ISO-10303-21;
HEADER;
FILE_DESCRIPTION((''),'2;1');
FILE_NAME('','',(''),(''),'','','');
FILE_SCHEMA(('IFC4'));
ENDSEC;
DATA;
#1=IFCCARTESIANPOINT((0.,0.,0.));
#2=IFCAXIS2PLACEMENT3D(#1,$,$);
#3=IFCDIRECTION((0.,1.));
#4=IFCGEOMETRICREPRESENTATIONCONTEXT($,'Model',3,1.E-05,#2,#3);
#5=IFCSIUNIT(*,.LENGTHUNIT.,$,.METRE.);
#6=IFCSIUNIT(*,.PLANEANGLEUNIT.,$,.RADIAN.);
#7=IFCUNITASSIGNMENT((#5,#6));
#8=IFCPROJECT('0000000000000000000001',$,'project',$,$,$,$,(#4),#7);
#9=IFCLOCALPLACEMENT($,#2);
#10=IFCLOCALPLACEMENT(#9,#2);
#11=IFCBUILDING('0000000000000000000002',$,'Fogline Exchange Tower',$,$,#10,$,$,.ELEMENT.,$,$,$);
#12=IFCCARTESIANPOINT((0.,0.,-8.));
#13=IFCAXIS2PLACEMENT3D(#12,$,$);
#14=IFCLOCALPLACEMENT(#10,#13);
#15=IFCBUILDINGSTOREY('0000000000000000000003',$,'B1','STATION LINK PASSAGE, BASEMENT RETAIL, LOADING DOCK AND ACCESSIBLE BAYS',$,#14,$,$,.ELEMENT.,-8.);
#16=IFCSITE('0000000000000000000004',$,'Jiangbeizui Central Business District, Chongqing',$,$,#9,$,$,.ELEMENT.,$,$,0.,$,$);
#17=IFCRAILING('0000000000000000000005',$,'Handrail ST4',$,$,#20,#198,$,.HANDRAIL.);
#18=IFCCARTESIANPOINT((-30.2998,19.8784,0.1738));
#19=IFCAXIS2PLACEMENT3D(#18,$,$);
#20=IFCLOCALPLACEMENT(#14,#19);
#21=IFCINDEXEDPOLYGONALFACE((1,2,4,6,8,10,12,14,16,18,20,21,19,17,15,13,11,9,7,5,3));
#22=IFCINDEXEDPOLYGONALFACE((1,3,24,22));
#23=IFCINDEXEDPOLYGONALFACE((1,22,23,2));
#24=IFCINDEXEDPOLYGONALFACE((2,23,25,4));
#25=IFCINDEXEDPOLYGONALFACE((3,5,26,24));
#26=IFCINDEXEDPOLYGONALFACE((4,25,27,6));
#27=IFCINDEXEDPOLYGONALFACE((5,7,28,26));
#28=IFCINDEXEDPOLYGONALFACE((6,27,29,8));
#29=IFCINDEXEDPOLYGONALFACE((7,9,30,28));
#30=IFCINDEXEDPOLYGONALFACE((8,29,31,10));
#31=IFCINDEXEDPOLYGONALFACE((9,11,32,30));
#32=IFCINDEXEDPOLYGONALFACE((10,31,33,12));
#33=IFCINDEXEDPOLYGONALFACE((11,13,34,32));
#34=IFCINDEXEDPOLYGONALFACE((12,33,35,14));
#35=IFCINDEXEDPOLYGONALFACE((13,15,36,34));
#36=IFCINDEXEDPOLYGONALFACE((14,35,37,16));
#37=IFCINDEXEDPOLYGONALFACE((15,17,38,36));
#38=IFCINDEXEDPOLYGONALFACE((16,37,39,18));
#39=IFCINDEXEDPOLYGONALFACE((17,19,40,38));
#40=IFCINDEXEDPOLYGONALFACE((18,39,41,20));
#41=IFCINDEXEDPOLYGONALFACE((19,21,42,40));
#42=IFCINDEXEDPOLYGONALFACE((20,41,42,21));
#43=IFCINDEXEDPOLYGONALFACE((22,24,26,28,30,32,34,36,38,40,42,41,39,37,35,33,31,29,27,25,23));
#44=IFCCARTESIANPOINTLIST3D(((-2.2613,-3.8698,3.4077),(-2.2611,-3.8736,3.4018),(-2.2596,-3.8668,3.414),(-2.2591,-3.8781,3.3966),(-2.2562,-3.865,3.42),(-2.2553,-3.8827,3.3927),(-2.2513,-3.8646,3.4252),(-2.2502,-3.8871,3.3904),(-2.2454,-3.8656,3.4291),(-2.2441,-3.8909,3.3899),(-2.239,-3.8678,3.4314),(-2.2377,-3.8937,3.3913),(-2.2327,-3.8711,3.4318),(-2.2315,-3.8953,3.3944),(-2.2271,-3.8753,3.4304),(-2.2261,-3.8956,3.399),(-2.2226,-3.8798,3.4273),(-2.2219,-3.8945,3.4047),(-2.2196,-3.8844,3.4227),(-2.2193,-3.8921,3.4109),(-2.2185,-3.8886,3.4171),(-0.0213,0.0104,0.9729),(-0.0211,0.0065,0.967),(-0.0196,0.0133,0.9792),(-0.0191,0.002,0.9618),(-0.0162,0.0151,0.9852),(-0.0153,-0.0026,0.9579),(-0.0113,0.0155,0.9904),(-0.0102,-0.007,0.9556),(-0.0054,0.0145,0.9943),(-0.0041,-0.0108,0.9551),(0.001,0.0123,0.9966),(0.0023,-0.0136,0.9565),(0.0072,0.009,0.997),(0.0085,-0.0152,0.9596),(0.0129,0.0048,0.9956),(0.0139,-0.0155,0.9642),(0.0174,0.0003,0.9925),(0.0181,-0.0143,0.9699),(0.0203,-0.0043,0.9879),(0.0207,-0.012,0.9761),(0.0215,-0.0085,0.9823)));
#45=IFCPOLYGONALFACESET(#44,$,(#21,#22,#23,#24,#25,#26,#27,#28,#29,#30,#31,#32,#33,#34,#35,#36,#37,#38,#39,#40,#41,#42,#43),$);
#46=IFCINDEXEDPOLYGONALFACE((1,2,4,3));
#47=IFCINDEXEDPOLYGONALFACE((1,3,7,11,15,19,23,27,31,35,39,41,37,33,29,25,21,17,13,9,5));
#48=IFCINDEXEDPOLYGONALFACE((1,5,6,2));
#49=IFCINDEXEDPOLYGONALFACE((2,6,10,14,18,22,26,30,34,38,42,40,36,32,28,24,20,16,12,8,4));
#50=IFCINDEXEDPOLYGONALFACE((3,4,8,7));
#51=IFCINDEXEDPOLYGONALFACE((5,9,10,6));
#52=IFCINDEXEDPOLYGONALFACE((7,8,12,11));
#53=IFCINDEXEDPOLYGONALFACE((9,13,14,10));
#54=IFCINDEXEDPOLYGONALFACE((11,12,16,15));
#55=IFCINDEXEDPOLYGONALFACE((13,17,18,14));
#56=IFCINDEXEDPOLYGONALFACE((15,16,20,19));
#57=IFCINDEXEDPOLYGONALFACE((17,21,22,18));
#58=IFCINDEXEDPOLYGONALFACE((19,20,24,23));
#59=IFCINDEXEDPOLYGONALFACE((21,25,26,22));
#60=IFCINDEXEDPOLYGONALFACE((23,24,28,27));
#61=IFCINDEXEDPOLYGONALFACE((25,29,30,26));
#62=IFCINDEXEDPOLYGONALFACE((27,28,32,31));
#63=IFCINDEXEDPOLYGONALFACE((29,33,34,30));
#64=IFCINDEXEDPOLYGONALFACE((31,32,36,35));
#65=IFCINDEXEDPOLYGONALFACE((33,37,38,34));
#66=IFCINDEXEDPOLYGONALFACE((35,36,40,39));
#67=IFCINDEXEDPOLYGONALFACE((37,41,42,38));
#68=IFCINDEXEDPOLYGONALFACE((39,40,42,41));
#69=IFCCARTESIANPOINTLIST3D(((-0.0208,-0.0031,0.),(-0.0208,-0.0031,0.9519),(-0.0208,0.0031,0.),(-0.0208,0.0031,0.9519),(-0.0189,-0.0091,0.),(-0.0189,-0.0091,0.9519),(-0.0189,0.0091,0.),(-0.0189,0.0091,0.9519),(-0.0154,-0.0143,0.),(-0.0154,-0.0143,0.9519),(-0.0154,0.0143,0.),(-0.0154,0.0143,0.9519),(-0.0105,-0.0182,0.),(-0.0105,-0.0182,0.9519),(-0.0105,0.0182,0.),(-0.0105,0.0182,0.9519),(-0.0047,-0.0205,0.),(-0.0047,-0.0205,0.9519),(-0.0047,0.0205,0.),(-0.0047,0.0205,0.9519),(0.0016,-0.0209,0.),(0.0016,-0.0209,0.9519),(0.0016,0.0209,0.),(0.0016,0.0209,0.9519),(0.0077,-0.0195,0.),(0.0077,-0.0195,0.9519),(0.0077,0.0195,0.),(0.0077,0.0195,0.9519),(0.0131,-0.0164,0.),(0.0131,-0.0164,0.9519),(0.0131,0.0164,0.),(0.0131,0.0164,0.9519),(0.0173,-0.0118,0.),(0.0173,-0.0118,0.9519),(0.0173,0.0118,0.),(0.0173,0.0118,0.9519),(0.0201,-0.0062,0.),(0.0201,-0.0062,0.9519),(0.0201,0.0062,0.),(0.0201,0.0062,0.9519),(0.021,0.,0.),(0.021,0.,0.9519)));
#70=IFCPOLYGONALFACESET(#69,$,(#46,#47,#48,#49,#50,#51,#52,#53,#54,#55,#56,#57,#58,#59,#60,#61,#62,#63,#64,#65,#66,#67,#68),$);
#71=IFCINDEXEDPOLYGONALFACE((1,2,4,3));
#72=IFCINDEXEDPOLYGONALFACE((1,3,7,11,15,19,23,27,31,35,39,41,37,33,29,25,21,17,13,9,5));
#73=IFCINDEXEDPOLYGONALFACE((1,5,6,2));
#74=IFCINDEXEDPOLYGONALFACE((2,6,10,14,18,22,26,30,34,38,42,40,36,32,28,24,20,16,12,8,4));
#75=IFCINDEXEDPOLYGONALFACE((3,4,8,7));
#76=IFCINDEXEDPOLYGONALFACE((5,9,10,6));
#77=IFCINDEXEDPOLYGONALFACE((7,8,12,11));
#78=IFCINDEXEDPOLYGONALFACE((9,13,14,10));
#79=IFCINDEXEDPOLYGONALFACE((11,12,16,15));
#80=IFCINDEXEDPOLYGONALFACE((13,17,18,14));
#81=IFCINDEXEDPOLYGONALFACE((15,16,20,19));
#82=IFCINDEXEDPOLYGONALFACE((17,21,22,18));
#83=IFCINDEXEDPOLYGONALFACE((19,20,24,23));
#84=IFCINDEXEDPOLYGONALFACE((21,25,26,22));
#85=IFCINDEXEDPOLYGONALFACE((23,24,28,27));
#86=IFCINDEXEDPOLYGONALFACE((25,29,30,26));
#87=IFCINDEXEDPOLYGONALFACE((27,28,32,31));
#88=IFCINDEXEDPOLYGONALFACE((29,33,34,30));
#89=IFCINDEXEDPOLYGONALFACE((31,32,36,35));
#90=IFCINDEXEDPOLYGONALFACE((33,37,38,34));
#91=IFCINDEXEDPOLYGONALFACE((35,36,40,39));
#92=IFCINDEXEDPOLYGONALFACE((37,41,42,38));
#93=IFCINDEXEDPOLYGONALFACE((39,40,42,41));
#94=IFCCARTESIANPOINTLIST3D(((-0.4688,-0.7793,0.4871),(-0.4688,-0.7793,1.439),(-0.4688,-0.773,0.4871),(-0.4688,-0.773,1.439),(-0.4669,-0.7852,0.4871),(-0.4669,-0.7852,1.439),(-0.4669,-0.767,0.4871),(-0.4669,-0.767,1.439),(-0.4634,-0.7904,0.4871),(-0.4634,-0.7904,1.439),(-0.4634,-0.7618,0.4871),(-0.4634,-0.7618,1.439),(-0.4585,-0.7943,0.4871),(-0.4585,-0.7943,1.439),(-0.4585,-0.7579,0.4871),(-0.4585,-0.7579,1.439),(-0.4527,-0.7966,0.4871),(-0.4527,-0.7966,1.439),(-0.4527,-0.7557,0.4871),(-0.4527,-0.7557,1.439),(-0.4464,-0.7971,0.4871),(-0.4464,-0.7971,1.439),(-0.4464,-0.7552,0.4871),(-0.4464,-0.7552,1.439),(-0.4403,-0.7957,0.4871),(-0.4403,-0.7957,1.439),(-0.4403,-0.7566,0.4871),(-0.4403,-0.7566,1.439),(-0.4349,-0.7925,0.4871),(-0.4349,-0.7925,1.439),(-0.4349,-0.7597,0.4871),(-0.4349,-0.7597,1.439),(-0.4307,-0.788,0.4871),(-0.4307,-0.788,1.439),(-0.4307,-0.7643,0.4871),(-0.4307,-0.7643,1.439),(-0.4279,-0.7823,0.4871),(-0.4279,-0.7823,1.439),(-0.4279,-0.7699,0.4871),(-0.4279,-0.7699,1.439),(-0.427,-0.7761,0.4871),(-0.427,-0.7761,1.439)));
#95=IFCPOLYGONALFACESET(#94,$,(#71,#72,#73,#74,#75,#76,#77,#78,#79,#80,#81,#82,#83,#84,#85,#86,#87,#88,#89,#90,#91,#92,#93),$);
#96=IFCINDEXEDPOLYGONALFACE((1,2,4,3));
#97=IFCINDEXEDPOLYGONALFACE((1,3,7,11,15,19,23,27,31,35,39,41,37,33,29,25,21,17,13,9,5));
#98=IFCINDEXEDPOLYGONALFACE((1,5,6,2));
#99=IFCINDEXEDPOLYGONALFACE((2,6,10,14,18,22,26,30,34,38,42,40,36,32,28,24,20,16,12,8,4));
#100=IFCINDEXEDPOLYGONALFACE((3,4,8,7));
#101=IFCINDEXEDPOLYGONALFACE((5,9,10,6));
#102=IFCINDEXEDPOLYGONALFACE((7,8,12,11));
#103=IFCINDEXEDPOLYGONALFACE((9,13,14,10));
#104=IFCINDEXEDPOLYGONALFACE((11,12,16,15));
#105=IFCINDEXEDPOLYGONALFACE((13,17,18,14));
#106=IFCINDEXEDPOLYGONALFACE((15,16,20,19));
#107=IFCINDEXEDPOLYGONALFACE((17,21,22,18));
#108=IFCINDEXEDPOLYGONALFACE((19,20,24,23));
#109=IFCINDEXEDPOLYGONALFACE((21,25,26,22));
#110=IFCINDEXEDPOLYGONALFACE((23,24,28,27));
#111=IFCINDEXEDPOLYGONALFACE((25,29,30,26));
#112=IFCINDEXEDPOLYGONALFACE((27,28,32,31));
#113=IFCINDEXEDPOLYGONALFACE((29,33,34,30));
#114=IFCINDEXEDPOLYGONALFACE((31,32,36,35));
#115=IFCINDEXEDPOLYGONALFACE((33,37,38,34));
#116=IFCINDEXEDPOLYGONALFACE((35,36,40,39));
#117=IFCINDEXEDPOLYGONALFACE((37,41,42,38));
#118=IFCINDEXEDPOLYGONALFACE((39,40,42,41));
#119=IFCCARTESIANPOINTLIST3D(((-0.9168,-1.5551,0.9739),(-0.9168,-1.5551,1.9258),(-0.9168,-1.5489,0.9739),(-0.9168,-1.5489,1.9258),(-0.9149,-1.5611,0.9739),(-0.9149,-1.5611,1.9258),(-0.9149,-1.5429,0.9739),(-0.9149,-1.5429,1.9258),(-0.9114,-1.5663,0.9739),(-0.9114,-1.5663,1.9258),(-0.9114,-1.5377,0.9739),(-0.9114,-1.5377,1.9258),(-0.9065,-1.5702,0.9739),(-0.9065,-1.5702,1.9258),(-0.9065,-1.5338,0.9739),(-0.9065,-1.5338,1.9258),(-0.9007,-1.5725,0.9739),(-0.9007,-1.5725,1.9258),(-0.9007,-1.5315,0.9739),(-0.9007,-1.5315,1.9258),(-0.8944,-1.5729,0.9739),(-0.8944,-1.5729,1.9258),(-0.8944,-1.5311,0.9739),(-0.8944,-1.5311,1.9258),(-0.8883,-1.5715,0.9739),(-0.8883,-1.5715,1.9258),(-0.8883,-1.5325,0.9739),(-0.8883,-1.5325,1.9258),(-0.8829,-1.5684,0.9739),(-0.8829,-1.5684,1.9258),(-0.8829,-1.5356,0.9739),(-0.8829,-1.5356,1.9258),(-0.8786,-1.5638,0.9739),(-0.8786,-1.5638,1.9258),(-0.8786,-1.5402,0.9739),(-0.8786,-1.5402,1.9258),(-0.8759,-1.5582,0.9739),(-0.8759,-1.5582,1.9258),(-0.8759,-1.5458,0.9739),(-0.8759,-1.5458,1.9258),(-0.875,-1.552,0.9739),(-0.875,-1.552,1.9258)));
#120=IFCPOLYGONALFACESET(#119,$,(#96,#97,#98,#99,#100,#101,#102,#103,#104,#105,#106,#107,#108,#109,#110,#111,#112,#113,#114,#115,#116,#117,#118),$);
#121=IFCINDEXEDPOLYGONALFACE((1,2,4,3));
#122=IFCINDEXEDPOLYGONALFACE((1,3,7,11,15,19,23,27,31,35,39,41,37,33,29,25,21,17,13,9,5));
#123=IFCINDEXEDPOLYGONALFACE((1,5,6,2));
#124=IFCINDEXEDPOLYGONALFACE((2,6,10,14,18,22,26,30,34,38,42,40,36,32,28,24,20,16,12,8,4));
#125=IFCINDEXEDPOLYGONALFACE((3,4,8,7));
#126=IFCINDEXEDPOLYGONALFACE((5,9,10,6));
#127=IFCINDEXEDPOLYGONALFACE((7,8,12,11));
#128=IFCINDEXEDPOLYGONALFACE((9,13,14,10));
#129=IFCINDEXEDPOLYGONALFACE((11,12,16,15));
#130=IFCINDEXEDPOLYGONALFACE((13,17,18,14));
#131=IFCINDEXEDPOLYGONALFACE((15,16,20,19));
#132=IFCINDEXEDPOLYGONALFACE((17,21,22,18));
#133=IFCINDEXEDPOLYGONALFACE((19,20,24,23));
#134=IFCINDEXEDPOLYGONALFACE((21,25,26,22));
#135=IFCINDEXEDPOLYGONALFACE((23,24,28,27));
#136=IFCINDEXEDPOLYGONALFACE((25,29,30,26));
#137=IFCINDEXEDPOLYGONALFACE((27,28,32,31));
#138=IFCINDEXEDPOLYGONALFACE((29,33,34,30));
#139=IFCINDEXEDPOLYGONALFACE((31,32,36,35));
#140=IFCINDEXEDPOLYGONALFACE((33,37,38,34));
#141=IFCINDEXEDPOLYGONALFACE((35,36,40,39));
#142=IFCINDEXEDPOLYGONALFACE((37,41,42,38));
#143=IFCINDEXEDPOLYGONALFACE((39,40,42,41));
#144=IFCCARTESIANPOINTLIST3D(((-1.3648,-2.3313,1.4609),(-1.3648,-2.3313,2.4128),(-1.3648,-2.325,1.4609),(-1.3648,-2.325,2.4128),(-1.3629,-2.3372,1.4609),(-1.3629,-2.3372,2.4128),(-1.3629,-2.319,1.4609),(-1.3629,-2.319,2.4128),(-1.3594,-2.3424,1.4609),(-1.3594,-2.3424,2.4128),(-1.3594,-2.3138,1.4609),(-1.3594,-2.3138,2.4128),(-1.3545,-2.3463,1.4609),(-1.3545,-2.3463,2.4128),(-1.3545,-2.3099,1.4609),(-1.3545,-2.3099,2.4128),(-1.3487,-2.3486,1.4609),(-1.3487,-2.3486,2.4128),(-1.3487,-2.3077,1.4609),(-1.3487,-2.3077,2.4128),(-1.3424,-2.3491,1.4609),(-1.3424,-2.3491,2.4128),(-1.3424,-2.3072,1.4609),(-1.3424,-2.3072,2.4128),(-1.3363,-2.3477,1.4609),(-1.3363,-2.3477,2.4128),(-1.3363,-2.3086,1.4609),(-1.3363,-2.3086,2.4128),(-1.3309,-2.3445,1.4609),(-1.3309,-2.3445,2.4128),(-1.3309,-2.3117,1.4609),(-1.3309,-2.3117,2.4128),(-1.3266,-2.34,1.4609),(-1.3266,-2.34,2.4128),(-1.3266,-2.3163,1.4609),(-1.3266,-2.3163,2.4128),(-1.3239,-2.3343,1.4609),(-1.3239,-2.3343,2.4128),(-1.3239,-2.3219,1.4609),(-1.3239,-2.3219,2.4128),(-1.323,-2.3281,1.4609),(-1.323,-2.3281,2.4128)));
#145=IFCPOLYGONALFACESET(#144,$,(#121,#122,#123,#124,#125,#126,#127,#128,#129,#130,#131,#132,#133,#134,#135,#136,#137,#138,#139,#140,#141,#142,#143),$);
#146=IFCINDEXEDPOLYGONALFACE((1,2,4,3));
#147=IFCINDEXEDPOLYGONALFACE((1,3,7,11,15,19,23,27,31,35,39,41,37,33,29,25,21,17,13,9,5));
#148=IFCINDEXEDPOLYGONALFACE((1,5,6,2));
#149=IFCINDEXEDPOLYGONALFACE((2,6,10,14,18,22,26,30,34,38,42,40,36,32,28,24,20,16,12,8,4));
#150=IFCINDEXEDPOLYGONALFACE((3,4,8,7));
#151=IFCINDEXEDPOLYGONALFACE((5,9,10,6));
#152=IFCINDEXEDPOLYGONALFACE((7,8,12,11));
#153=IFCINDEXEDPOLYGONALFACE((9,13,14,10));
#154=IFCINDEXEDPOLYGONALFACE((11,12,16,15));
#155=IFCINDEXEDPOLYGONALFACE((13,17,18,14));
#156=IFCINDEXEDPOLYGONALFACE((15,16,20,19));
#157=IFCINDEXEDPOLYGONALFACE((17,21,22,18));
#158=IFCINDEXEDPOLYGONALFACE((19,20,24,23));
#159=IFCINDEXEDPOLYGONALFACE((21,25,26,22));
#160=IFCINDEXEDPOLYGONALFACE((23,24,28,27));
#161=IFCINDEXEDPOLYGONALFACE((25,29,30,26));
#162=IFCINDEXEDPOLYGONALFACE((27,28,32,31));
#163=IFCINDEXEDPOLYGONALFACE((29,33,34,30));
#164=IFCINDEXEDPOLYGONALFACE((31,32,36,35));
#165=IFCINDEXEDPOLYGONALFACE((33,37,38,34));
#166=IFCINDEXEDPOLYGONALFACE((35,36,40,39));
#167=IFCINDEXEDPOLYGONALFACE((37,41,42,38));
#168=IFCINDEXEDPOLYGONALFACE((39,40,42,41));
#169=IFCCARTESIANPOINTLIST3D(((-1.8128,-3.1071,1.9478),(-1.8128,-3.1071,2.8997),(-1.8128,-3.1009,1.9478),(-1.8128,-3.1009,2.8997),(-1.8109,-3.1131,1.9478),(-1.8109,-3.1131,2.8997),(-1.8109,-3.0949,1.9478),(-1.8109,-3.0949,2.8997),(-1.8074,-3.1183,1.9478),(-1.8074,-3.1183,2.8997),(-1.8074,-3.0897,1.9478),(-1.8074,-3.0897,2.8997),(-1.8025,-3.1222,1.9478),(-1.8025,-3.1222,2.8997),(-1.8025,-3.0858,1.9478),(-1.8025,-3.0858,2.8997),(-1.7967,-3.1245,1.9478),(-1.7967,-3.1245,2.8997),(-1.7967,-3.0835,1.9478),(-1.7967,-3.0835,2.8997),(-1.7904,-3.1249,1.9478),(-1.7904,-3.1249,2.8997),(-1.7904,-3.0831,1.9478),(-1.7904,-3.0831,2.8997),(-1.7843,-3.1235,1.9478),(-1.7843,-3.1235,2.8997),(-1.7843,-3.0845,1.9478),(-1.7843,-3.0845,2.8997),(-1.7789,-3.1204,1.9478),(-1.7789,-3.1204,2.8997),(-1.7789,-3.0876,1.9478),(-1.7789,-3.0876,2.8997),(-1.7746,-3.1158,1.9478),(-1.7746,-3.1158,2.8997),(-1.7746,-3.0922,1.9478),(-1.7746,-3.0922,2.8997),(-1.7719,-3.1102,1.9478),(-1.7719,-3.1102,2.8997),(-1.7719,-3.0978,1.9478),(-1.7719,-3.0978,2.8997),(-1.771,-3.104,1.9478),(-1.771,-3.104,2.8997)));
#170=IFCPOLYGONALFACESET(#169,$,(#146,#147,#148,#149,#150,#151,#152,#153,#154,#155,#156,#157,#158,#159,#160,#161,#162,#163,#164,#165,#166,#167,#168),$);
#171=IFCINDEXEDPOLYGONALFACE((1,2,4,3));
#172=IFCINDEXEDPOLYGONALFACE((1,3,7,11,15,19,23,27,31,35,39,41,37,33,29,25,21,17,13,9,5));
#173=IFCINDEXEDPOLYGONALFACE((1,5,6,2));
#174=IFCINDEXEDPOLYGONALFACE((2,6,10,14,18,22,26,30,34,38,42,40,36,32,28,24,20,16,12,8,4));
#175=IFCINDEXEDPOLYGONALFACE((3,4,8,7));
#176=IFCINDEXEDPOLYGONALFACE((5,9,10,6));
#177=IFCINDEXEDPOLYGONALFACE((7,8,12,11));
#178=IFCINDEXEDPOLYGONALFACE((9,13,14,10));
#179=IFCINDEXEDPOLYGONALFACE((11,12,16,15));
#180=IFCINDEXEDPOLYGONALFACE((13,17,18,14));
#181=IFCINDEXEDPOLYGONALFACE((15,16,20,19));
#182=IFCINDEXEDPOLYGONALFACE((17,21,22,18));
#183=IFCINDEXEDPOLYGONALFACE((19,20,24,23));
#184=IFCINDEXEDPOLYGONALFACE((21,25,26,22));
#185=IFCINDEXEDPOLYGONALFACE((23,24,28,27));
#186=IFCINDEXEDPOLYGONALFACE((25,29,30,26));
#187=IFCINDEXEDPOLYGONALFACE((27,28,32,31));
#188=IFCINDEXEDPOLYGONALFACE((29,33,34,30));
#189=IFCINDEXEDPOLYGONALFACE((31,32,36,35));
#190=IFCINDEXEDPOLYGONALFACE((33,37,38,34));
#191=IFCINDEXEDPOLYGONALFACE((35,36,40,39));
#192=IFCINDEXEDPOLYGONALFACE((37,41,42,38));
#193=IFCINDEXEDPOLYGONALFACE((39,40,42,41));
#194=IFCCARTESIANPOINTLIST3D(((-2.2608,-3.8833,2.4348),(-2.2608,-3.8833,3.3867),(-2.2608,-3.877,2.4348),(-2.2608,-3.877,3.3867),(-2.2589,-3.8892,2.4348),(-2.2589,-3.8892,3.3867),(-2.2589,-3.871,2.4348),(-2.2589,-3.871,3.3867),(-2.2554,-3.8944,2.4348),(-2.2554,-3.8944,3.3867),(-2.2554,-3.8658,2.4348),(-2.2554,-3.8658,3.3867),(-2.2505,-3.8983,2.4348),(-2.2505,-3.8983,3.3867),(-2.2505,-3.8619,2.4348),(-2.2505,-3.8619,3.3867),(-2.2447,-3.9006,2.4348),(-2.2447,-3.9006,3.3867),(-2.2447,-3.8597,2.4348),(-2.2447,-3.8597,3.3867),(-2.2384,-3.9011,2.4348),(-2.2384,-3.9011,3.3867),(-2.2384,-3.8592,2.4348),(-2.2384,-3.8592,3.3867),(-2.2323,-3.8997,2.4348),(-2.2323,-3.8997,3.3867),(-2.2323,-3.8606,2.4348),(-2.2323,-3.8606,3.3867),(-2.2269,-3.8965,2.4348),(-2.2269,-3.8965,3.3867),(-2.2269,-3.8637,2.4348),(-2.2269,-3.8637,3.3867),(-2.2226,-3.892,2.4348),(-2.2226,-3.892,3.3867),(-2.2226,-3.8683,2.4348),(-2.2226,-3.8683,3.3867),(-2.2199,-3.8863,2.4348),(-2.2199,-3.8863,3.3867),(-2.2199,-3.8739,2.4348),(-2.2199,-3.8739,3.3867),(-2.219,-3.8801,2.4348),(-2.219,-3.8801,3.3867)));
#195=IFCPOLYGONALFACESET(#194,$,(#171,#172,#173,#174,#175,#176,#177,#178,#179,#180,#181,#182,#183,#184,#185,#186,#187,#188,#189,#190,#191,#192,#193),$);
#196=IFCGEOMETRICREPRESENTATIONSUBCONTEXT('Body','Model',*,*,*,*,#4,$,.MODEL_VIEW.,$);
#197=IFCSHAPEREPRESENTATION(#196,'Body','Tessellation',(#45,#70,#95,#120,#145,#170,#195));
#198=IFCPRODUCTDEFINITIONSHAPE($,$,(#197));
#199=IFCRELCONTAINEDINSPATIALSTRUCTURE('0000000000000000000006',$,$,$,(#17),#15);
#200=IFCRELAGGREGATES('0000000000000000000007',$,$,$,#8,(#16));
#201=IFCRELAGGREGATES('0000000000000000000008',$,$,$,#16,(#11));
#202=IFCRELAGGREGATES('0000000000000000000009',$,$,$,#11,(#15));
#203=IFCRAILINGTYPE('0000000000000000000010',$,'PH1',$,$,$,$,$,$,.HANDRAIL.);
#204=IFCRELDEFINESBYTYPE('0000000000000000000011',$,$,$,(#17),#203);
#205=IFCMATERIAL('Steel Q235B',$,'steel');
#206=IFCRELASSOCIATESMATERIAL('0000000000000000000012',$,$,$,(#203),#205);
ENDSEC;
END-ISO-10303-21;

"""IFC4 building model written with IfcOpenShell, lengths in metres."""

from ifc_helpers import new_model, si_unit, direction, frame, origin, origin_2d, place, context, subcontext, project, spatial, circle, extrude, material, type_object, element, save


model = new_model("IFC4")

# Units and contexts
model_context = context("Model", 3, precision=1e-05, world=origin(), true_north=direction((0.0, 1.0)))
body_context = subcontext(model_context, "Body", "Model", "MODEL_VIEW")
ifc_project = project(units=[si_unit("LENGTHUNIT", "METRE"), si_unit("PLANEANGLEUNIT", "RADIAN")], contexts=[model_context])

# Site, building, storey
site_placement = place(None, origin())
site = spatial("IfcSite", under=ifc_project, at=site_placement, Name="Jiangbeizui Central Business District, Chongqing", CompositionType="ELEMENT", RefElevation=0.0)
building_placement = place(site_placement, origin())
building = spatial("IfcBuilding", under=site, at=building_placement, Name="Fogline Exchange Tower", CompositionType="ELEMENT")
storey_placement = place(building_placement, frame((0.0, 0.0, -8.0)))
storey = spatial("IfcBuildingStorey", under=building, at=storey_placement, Name="B1", Description="STATION LINK PASSAGE, BASEMENT RETAIL, LOADING DOCK AND ACCESSIBLE BAYS", CompositionType="ELEMENT", Elevation=-8.0)

# Shared definitions
ifc_material_1 = material(Name="Steel Q235B", Category="steel")

# Railing
railing_type_1 = type_object("IfcRailingType", Name="PH1", PredefinedType="HANDRAIL", material=ifc_material_1)
railing_1_placement = place(storey_placement, frame((-30.2998, 19.8784, 0.1738)))
element("IfcRailing", 1, at=railing_1_placement, inside=storey, type_object=railing_type_1, Name="Handrail ST4", PredefinedType="HANDRAIL", context=body_context, shape_type="SweptSolid", body=[
    extrude(circle(Radius=0.0239, at=origin_2d()), frame((0.0, 0.0, 0.9761), z_axis=(-0.439288, -0.760937, 0.477495), x_axis=(0.866045, -0.499966, 0.0)), (0.0, 0.0, 1.0), 5.0991),
    extrude(circle(Radius=0.021, at=origin_2d()), origin(), (0.0, 0.0, 1.0), 0.9519),
    extrude(circle(Radius=0.021, at=origin_2d()), frame((-0.448, -0.7761, 0.4871)), (0.0, 0.0, 1.0), 0.9519),
    extrude(circle(Radius=0.021, at=origin_2d()), frame((-0.896, -1.552, 0.9739)), (0.0, 0.0, 1.0), 0.9519),
    extrude(circle(Radius=0.021, at=origin_2d()), frame((-1.344, -2.3281, 1.4609)), (0.0, 0.0, 1.0), 0.9519),
    extrude(circle(Radius=0.021, at=origin_2d()), frame((-1.792, -3.104, 1.9478)), (0.0, 0.0, 1.0), 0.9519),
    extrude(circle(Radius=0.021, at=origin_2d()), frame((-2.24, -3.8801, 2.4348)), (0.0, 0.0, 1.0), 0.9519),
])

save(model, "model.ifc")
